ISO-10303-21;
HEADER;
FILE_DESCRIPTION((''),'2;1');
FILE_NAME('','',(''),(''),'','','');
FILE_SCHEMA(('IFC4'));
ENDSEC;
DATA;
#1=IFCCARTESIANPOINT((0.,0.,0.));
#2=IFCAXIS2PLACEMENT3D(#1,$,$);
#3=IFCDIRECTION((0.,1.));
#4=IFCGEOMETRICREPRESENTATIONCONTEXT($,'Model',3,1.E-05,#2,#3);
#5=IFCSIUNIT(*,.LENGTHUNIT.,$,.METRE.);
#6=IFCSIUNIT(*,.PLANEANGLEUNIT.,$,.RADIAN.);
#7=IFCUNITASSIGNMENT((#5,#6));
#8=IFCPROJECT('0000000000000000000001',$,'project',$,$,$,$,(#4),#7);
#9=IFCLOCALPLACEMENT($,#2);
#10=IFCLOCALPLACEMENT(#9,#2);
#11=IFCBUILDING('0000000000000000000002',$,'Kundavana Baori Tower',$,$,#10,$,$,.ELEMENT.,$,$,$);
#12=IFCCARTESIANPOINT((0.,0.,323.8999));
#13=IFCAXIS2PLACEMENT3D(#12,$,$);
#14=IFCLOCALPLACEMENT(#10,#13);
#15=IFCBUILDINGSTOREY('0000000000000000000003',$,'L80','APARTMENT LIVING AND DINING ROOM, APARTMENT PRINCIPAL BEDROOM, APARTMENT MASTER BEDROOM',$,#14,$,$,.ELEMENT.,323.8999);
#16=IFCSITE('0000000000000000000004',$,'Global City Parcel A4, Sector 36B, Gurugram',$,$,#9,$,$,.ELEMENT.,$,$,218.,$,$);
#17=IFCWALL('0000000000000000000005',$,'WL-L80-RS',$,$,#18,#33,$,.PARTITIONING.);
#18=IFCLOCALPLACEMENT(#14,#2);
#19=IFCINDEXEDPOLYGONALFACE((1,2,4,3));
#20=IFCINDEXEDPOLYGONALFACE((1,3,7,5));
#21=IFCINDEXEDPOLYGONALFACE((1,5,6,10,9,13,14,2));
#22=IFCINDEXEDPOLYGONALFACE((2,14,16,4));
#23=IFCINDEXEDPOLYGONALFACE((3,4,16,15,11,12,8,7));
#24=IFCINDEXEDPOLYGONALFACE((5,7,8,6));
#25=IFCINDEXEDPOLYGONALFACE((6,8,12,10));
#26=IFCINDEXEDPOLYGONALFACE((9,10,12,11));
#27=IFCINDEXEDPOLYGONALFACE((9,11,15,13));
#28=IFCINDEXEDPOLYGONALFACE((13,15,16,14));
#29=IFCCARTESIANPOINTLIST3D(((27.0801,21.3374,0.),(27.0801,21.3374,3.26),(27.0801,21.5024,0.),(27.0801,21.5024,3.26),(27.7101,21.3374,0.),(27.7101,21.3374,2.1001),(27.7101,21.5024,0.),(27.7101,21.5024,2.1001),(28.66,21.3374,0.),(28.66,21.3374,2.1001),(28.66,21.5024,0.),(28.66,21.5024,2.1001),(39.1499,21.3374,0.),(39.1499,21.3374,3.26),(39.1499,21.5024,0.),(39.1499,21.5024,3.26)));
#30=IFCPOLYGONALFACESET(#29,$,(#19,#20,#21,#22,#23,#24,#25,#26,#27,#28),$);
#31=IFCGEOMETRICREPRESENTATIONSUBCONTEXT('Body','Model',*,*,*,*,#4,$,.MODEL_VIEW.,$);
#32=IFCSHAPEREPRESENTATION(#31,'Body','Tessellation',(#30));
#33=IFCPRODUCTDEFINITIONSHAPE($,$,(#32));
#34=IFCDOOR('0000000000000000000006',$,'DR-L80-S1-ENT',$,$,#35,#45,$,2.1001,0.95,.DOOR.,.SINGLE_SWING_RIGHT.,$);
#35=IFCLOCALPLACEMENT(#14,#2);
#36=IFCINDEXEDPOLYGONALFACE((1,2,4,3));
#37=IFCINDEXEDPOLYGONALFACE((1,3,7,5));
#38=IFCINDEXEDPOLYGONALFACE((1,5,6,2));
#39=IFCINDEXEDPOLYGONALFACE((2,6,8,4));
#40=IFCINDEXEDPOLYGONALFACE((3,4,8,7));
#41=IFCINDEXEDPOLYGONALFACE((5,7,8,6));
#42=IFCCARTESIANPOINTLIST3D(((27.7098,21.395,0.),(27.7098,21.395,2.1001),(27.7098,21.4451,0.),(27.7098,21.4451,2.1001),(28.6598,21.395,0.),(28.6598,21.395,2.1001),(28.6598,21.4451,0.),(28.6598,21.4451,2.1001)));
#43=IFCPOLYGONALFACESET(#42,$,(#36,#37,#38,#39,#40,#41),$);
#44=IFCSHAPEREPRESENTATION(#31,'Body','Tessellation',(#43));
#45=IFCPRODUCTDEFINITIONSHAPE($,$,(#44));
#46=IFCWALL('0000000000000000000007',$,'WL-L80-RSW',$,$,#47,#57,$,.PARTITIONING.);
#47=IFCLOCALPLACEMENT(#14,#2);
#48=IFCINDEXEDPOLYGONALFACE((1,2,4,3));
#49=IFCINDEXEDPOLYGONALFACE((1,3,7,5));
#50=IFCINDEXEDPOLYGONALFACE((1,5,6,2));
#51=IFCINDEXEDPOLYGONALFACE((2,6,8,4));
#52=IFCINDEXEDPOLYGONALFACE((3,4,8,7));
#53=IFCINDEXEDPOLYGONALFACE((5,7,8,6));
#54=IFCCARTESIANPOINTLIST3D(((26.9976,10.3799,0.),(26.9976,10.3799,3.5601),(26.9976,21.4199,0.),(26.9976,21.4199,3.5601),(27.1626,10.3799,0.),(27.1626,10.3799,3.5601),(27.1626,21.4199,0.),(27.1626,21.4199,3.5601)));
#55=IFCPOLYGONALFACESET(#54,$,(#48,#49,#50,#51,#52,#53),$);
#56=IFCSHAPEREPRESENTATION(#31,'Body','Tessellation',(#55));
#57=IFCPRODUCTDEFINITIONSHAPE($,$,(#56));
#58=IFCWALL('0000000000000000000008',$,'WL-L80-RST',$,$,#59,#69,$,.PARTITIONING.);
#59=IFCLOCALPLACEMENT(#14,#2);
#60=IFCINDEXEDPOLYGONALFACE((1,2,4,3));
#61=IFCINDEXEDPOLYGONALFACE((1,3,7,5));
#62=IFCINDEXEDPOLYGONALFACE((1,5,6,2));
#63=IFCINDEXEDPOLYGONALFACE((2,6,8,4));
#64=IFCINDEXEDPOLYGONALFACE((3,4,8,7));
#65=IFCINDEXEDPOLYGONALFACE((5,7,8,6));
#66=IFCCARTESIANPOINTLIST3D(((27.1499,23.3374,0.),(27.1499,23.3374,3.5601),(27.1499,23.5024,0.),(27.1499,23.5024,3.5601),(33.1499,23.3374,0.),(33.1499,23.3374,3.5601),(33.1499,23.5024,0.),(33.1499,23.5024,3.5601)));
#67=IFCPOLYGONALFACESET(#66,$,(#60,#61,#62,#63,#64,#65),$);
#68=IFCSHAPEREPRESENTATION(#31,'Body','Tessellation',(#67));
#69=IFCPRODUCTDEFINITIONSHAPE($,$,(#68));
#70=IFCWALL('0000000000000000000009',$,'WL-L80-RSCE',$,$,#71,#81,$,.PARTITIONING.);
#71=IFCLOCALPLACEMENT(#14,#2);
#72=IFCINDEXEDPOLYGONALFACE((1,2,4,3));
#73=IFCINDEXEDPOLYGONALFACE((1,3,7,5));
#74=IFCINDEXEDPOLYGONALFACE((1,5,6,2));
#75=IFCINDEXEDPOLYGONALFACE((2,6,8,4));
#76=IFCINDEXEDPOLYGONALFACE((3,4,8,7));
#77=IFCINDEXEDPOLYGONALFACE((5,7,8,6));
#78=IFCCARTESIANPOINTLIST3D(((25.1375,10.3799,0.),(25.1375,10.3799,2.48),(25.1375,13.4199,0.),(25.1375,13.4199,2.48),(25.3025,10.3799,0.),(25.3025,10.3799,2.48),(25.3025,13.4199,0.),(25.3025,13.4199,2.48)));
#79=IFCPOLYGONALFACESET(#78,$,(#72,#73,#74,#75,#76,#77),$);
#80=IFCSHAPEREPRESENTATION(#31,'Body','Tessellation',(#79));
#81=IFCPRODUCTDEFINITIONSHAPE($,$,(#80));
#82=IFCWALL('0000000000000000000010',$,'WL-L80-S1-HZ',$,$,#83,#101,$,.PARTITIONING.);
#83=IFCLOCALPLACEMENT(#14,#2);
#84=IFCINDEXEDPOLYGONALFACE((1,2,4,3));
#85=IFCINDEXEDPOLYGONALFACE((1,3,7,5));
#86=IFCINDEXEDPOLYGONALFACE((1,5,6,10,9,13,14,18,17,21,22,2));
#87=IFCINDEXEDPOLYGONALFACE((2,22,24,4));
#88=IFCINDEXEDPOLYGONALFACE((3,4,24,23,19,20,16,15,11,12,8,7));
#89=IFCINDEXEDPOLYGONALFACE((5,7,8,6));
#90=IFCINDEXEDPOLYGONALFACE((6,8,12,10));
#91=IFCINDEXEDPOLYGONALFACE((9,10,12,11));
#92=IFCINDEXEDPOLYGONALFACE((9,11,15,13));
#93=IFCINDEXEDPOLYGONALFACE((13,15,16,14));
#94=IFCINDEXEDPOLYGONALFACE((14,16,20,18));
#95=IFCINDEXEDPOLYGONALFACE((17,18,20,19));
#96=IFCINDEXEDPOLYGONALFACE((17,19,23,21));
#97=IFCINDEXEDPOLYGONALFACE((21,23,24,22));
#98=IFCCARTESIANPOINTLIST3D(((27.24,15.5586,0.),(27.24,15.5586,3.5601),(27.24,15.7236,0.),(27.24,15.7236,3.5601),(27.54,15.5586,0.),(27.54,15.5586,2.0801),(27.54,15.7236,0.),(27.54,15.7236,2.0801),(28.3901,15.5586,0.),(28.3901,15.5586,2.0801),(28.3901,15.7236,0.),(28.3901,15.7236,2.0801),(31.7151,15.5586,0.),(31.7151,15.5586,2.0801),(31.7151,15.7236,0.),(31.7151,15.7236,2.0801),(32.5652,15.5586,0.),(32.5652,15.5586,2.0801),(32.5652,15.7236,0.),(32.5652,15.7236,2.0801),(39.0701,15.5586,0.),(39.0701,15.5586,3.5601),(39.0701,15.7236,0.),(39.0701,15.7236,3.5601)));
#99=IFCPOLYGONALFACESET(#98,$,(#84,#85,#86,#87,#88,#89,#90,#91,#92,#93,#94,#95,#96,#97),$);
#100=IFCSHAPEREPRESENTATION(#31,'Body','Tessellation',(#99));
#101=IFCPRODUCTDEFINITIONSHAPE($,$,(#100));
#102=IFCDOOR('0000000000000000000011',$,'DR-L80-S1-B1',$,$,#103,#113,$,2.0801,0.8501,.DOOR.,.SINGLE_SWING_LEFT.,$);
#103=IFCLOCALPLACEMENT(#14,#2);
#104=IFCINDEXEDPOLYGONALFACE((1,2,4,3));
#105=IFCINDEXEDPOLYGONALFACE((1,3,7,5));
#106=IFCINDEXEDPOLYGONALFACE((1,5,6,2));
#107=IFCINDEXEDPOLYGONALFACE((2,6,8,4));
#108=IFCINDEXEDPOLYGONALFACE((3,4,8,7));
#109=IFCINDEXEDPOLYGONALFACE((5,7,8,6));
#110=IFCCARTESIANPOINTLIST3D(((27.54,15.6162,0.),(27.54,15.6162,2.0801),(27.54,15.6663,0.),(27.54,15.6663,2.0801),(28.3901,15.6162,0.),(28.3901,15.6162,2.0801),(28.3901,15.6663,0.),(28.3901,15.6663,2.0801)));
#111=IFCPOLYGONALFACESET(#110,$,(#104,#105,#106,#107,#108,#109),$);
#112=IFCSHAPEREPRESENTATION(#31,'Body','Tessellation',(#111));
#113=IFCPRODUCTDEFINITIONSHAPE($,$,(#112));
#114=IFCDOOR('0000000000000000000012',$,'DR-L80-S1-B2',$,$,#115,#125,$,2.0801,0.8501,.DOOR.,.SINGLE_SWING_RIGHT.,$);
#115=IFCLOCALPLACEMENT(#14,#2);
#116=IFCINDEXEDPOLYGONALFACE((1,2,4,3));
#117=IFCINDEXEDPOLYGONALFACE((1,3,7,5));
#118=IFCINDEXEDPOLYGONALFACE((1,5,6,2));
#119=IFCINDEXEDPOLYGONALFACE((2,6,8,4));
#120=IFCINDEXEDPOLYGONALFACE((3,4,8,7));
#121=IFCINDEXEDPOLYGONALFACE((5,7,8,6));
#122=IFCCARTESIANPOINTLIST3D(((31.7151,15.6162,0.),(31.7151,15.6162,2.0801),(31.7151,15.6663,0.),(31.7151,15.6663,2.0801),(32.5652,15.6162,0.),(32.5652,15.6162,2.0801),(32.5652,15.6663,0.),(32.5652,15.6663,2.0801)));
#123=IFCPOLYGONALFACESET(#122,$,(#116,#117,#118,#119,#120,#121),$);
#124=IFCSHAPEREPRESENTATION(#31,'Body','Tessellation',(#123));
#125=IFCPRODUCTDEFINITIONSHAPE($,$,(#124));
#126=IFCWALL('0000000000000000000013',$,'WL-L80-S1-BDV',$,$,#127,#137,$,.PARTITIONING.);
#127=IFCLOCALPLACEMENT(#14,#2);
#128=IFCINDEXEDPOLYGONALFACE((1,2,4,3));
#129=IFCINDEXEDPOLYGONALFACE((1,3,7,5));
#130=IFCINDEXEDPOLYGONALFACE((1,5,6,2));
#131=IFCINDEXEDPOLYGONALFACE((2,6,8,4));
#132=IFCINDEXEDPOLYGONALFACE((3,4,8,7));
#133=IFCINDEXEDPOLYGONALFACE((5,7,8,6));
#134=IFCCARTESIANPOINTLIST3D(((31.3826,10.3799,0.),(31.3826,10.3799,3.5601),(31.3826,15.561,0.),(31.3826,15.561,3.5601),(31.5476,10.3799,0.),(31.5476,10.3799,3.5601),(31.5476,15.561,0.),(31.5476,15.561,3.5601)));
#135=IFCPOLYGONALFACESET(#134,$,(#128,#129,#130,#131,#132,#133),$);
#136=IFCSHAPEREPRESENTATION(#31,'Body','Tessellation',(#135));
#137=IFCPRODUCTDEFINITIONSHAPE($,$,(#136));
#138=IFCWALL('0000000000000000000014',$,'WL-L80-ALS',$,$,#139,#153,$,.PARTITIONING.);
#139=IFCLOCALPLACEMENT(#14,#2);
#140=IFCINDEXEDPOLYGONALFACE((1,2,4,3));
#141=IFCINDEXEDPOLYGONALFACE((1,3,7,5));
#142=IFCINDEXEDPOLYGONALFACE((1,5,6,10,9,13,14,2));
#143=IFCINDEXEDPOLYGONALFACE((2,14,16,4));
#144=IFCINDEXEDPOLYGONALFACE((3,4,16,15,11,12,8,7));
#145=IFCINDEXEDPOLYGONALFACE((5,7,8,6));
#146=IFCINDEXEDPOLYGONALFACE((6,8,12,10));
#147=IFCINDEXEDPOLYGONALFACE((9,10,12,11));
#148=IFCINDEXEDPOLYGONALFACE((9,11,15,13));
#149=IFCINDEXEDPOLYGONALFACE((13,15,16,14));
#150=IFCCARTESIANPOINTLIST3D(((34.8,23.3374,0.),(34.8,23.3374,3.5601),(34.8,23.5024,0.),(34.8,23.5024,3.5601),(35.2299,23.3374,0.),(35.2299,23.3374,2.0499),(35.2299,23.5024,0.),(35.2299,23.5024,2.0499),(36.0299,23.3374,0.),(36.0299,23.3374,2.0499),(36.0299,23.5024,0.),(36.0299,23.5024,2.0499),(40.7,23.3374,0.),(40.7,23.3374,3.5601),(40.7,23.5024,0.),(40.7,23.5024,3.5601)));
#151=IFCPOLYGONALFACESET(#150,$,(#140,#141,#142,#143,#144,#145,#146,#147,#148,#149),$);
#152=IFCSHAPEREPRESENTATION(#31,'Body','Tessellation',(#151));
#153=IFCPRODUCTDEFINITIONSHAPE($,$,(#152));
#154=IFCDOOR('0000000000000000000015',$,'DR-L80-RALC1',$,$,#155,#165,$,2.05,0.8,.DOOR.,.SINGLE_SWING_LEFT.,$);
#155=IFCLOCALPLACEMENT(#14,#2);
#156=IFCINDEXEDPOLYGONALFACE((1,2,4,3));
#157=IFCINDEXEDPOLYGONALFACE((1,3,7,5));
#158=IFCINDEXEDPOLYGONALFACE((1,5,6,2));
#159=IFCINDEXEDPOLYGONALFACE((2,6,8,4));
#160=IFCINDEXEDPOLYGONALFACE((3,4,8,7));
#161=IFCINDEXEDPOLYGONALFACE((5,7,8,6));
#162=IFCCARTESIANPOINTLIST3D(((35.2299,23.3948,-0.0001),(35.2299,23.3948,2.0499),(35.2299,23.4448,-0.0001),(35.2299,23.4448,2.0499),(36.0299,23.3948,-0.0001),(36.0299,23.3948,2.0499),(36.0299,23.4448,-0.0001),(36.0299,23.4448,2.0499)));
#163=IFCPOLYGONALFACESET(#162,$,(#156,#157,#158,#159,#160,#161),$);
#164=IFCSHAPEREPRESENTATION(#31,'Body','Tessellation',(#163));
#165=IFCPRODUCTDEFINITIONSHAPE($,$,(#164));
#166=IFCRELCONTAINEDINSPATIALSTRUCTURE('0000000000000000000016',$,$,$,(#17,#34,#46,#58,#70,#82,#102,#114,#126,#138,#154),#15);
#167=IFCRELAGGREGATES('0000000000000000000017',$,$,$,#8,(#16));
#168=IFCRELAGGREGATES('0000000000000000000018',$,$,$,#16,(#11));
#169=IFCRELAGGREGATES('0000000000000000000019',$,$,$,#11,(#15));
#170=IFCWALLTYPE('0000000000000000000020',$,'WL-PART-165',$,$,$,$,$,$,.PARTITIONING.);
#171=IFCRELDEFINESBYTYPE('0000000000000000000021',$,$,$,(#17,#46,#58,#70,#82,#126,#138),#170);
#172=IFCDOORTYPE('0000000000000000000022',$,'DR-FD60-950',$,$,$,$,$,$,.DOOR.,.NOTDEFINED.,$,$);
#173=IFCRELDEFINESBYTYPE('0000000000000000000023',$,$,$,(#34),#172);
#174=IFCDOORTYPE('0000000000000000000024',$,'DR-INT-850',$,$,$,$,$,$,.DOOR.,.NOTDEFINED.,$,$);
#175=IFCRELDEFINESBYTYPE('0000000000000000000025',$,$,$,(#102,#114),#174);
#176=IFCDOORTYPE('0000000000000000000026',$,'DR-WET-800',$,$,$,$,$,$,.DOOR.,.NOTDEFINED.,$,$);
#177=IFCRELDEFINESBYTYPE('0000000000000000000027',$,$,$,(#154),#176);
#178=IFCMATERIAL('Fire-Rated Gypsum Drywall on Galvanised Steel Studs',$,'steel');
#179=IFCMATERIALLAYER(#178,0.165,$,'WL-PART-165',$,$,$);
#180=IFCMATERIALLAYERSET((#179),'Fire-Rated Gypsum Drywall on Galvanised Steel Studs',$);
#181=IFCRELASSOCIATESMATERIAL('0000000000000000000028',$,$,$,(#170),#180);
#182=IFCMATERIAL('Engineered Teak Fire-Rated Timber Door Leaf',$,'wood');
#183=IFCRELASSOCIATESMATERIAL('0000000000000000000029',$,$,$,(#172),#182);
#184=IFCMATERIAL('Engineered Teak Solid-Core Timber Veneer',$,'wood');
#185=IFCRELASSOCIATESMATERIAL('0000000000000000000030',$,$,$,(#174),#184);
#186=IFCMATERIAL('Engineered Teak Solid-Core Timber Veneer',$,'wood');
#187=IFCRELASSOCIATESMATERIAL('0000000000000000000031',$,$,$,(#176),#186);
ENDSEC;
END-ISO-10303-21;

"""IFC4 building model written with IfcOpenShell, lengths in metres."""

from ifc_helpers import new_model, si_unit, direction, frame, frame_2d, origin, place, context, subcontext, project, spatial, rectangle, extrude, material, layer, layer_set, type_object, element, fill, save


model = new_model("IFC4")

# Units and contexts
model_context = context("Model", 3, precision=1e-05, world=origin(), true_north=direction((0.0, 1.0)))
body_context = subcontext(model_context, "Body", "Model", "MODEL_VIEW")
ifc_project = project(units=[si_unit("LENGTHUNIT", "METRE"), si_unit("PLANEANGLEUNIT", "RADIAN")], contexts=[model_context])

# Site, building, storey
site_placement = place(None, origin())
site = spatial("IfcSite", under=ifc_project, at=site_placement, Name="Global City Parcel A4, Sector 36B, Gurugram", CompositionType="ELEMENT", RefElevation=218.0)
building_placement = place(site_placement, origin())
building = spatial("IfcBuilding", under=site, at=building_placement, Name="Kundavana Baori Tower", CompositionType="ELEMENT")
storey_placement = place(building_placement, frame((0.0, 0.0, 323.8999)))
storey = spatial("IfcBuildingStorey", under=building, at=storey_placement, Name="L80", Description="APARTMENT LIVING AND DINING ROOM, APARTMENT PRINCIPAL BEDROOM, APARTMENT MASTER BEDROOM", CompositionType="ELEMENT", Elevation=323.8999)

# Wall, opening, door
ifc_material_1 = material(Name="Fire-Rated Gypsum Drywall on Galvanised Steel Studs", Category="steel")
ifc_layer = layer(ifc_material_1, 0.165, Name="WL-PART-165")
ifc_layer_set = layer_set([ifc_layer], Name="Fire-Rated Gypsum Drywall on Galvanised Steel Studs")
wall_type = type_object("IfcWallType", Name="WL-PART-165", PredefinedType="PARTITIONING", material=ifc_layer_set)
wall_1_placement = place(storey_placement, frame((27.0801, 21.4199, 0.0), z_axis=(0.0, 0.0, 1.0), x_axis=(1.0, 0.0, 0.0)))
wall_1 = element("IfcWall", 1, at=wall_1_placement, inside=storey, type_object=wall_type, Name="WL-L80-RS", PredefinedType="PARTITIONING", context=body_context, shape_type="SweptSolid", body=[
    extrude(rectangle(XDim=12.0698, YDim=0.165, at=frame_2d((6.0349, 0.0))), origin(), (0.0, 0.0, 1.0), 3.26),
])
opening_1_placement = place(wall_1_placement, frame((0.6299, 0.0, 0.0)))
opening_1 = element("IfcOpeningElement", 2, at=opening_1_placement, cuts=wall_1, PredefinedType="OPENING", context=body_context, shape_type="SweptSolid", body=[
    extrude(rectangle(XDim=0.95, YDim=2.1001, at=frame_2d((0.4751, 1.05))), frame((0.0, 0.0925, 0.0), z_axis=(0.0, -1.0, 0.0), x_axis=(1.0, 0.0, 0.0)), (0.0, 0.0, 1.0), 0.1851),
])
ifc_material_2 = material(Name="Engineered Teak Fire-Rated Timber Door Leaf", Category="wood")
door_type_1 = type_object("IfcDoorType", Name="DR-FD60-950", OperationType="NOTDEFINED", PredefinedType="DOOR", material=ifc_material_2)
door_1_placement = place(opening_1_placement, frame((0.95, 0.0, 0.0), z_axis=(0.0, 0.0, 1.0), x_axis=(-1.0, 0.0, 0.0)))
door_1 = element("IfcDoor", 3, at=door_1_placement, inside=storey, type_object=door_type_1, Name="DR-L80-S1-ENT", OperationType="SINGLE_SWING_RIGHT", OverallHeight=2.1001, OverallWidth=0.95, PredefinedType="DOOR", context=body_context, shape_type="SweptSolid", body=[
    extrude(rectangle(XDim=0.95, YDim=2.1001, at=frame_2d((0.4751, 1.05))), frame((0.0, 0.0249, 0.0), z_axis=(0.0, -1.0, 0.0), x_axis=(1.0, 0.0, 0.0)), (0.0, 0.0, 1.0), 0.05),
])
fill(opening_1, door_1)

# Walls
wall_2_placement = place(storey_placement, frame((27.0801, 10.3799, 0.0), z_axis=(0.0, 0.0, 1.0), x_axis=(0.0, 1.0, 0.0)))
element("IfcWall", 4, at=wall_2_placement, inside=storey, type_object=wall_type, Name="WL-L80-RSW", PredefinedType="PARTITIONING", context=body_context, shape_type="SweptSolid", body=[
    extrude(rectangle(XDim=11.04, YDim=0.165, at=frame_2d((5.52, 0.0))), origin(), (0.0, 0.0, 1.0), 3.5601),
])
wall_3_placement = place(storey_placement, frame((27.1499, 23.4199, 0.0), z_axis=(0.0, 0.0, 1.0), x_axis=(1.0, 0.0, 0.0)))
element("IfcWall", 5, at=wall_3_placement, inside=storey, type_object=wall_type, Name="WL-L80-RST", PredefinedType="PARTITIONING", context=body_context, shape_type="SweptSolid", body=[
    extrude(rectangle(XDim=6.0, YDim=0.165, at=frame_2d((3.0, 0.0))), origin(), (0.0, 0.0, 1.0), 3.5601),
])
wall_4_placement = place(storey_placement, frame((25.22, 10.3799, 0.0), z_axis=(0.0, 0.0, 1.0), x_axis=(0.0, 1.0, 0.0)))
element("IfcWall", 6, at=wall_4_placement, inside=storey, type_object=wall_type, Name="WL-L80-RSCE", PredefinedType="PARTITIONING", context=body_context, shape_type="SweptSolid", body=[
    extrude(rectangle(XDim=3.04, YDim=0.165, at=frame_2d((1.52, 0.0))), origin(), (0.0, 0.0, 1.0), 2.48),
])

# Wall, openings, doors
wall_5_placement = place(storey_placement, frame((27.24, 15.6411, 0.0), z_axis=(0.0, 0.0, 1.0), x_axis=(1.0, 0.0, 0.0)))
wall_5 = element("IfcWall", 7, at=wall_5_placement, inside=storey, type_object=wall_type, Name="WL-L80-S1-HZ", PredefinedType="PARTITIONING", context=body_context, shape_type="SweptSolid", body=[
    extrude(rectangle(XDim=11.8301, YDim=0.165, at=frame_2d((5.915, 0.0))), origin(), (0.0, 0.0, 1.0), 3.5601),
])
opening_2_placement = place(wall_5_placement, frame((0.3, 0.0, 0.0)))
opening_2 = element("IfcOpeningElement", 8, at=opening_2_placement, cuts=wall_5, PredefinedType="OPENING", context=body_context, shape_type="SweptSolid", body=[
    extrude(rectangle(XDim=0.8501, YDim=2.0801, at=frame_2d((0.425, 1.04))), frame((0.0, 0.0925, 0.0), z_axis=(0.0, -1.0, 0.0), x_axis=(1.0, 0.0, 0.0)), (0.0, 0.0, 1.0), 0.1851),
])
opening_3_placement = place(wall_5_placement, frame((4.4751, 0.0, 0.0)))
opening_3 = element("IfcOpeningElement", 9, at=opening_3_placement, cuts=wall_5, PredefinedType="OPENING", context=body_context, shape_type="SweptSolid", body=[
    extrude(rectangle(XDim=0.8501, YDim=2.0801, at=frame_2d((0.425, 1.04))), frame((0.0, 0.0925, 0.0), z_axis=(0.0, -1.0, 0.0), x_axis=(1.0, 0.0, 0.0)), (0.0, 0.0, 1.0), 0.1851),
])
ifc_material_3 = material(Name="Engineered Teak Solid-Core Timber Veneer", Category="wood")
door_type_2 = type_object("IfcDoorType", Name="DR-INT-850", OperationType="NOTDEFINED", PredefinedType="DOOR", material=ifc_material_3)
door_2_placement = place(opening_2_placement, frame((0.8501, 0.0, 0.0), z_axis=(0.0, 0.0, 1.0), x_axis=(-1.0, 0.0, 0.0)))
door_2 = element("IfcDoor", 10, at=door_2_placement, inside=storey, type_object=door_type_2, Name="DR-L80-S1-B1", OperationType="SINGLE_SWING_LEFT", OverallHeight=2.0801, OverallWidth=0.8501, PredefinedType="DOOR", context=body_context, shape_type="SweptSolid", body=[
    extrude(rectangle(XDim=0.8501, YDim=2.0801, at=frame_2d((0.425, 1.04))), frame((0.0, 0.0249, 0.0), z_axis=(0.0, -1.0, 0.0), x_axis=(1.0, 0.0, 0.0)), (0.0, 0.0, 1.0), 0.05),
])
fill(opening_2, door_2)
door_3_placement = place(opening_3_placement, frame((0.8501, 0.0, 0.0), z_axis=(0.0, 0.0, 1.0), x_axis=(-1.0, 0.0, 0.0)))
door_3 = element("IfcDoor", 11, at=door_3_placement, inside=storey, type_object=door_type_2, Name="DR-L80-S1-B2", OperationType="SINGLE_SWING_RIGHT", OverallHeight=2.0801, OverallWidth=0.8501, PredefinedType="DOOR", context=body_context, shape_type="SweptSolid", body=[
    extrude(rectangle(XDim=0.8501, YDim=2.0801, at=frame_2d((0.425, 1.04))), frame((0.0, 0.0249, 0.0), z_axis=(0.0, -1.0, 0.0), x_axis=(1.0, 0.0, 0.0)), (0.0, 0.0, 1.0), 0.05),
])
fill(opening_3, door_3)

# Wall
wall_6_placement = place(storey_placement, frame((31.4651, 10.3799, 0.0), z_axis=(0.0, 0.0, 1.0), x_axis=(0.0, 1.0, 0.0)))
element("IfcWall", 12, at=wall_6_placement, inside=storey, type_object=wall_type, Name="WL-L80-S1-BDV", PredefinedType="PARTITIONING", context=body_context, shape_type="SweptSolid", body=[
    extrude(rectangle(XDim=5.1812, YDim=0.165, at=frame_2d((2.5906, 0.0))), origin(), (0.0, 0.0, 1.0), 3.5601),
])

# Wall, opening, door
wall_7_placement = place(storey_placement, frame((34.8, 23.4199, 0.0), z_axis=(0.0, 0.0, 1.0), x_axis=(1.0, 0.0, 0.0)))
wall_7 = element("IfcWall", 13, at=wall_7_placement, inside=storey, type_object=wall_type, Name="WL-L80-ALS", PredefinedType="PARTITIONING", context=body_context, shape_type="SweptSolid", body=[
    extrude(rectangle(XDim=5.8999, YDim=0.165, at=frame_2d((2.95, 0.0))), origin(), (0.0, 0.0, 1.0), 3.5601),
])
opening_4_placement = place(wall_7_placement, frame((0.4299, 0.0, 0.0)))
opening_4 = element("IfcOpeningElement", 14, at=opening_4_placement, cuts=wall_7, PredefinedType="OPENING", context=body_context, shape_type="SweptSolid", body=[
    extrude(rectangle(XDim=0.8, YDim=2.05, at=frame_2d((0.3999, 1.0249))), frame((0.0, 0.0925, 0.0), z_axis=(0.0, -1.0, 0.0), x_axis=(1.0, 0.0, 0.0)), (0.0, 0.0, 1.0), 0.1851),
])
ifc_material_4 = material(Name="Engineered Teak Solid-Core Timber Veneer", Category="wood")
door_type_3 = type_object("IfcDoorType", Name="DR-WET-800", OperationType="NOTDEFINED", PredefinedType="DOOR", material=ifc_material_4)
door_4_placement = place(opening_4_placement, origin())
door_4 = element("IfcDoor", 15, at=door_4_placement, inside=storey, type_object=door_type_3, Name="DR-L80-RALC1", OperationType="SINGLE_SWING_LEFT", OverallHeight=2.05, OverallWidth=0.8, PredefinedType="DOOR", context=body_context, shape_type="SweptSolid", body=[
    extrude(rectangle(XDim=0.8, YDim=2.05, at=frame_2d((0.3999, 1.0249))), frame((0.0, 0.0249, 0.0), z_axis=(0.0, -1.0, 0.0), x_axis=(1.0, 0.0, 0.0)), (0.0, 0.0, 1.0), 0.05),
])
fill(opening_4, door_4)

save(model, "model.ifc")
